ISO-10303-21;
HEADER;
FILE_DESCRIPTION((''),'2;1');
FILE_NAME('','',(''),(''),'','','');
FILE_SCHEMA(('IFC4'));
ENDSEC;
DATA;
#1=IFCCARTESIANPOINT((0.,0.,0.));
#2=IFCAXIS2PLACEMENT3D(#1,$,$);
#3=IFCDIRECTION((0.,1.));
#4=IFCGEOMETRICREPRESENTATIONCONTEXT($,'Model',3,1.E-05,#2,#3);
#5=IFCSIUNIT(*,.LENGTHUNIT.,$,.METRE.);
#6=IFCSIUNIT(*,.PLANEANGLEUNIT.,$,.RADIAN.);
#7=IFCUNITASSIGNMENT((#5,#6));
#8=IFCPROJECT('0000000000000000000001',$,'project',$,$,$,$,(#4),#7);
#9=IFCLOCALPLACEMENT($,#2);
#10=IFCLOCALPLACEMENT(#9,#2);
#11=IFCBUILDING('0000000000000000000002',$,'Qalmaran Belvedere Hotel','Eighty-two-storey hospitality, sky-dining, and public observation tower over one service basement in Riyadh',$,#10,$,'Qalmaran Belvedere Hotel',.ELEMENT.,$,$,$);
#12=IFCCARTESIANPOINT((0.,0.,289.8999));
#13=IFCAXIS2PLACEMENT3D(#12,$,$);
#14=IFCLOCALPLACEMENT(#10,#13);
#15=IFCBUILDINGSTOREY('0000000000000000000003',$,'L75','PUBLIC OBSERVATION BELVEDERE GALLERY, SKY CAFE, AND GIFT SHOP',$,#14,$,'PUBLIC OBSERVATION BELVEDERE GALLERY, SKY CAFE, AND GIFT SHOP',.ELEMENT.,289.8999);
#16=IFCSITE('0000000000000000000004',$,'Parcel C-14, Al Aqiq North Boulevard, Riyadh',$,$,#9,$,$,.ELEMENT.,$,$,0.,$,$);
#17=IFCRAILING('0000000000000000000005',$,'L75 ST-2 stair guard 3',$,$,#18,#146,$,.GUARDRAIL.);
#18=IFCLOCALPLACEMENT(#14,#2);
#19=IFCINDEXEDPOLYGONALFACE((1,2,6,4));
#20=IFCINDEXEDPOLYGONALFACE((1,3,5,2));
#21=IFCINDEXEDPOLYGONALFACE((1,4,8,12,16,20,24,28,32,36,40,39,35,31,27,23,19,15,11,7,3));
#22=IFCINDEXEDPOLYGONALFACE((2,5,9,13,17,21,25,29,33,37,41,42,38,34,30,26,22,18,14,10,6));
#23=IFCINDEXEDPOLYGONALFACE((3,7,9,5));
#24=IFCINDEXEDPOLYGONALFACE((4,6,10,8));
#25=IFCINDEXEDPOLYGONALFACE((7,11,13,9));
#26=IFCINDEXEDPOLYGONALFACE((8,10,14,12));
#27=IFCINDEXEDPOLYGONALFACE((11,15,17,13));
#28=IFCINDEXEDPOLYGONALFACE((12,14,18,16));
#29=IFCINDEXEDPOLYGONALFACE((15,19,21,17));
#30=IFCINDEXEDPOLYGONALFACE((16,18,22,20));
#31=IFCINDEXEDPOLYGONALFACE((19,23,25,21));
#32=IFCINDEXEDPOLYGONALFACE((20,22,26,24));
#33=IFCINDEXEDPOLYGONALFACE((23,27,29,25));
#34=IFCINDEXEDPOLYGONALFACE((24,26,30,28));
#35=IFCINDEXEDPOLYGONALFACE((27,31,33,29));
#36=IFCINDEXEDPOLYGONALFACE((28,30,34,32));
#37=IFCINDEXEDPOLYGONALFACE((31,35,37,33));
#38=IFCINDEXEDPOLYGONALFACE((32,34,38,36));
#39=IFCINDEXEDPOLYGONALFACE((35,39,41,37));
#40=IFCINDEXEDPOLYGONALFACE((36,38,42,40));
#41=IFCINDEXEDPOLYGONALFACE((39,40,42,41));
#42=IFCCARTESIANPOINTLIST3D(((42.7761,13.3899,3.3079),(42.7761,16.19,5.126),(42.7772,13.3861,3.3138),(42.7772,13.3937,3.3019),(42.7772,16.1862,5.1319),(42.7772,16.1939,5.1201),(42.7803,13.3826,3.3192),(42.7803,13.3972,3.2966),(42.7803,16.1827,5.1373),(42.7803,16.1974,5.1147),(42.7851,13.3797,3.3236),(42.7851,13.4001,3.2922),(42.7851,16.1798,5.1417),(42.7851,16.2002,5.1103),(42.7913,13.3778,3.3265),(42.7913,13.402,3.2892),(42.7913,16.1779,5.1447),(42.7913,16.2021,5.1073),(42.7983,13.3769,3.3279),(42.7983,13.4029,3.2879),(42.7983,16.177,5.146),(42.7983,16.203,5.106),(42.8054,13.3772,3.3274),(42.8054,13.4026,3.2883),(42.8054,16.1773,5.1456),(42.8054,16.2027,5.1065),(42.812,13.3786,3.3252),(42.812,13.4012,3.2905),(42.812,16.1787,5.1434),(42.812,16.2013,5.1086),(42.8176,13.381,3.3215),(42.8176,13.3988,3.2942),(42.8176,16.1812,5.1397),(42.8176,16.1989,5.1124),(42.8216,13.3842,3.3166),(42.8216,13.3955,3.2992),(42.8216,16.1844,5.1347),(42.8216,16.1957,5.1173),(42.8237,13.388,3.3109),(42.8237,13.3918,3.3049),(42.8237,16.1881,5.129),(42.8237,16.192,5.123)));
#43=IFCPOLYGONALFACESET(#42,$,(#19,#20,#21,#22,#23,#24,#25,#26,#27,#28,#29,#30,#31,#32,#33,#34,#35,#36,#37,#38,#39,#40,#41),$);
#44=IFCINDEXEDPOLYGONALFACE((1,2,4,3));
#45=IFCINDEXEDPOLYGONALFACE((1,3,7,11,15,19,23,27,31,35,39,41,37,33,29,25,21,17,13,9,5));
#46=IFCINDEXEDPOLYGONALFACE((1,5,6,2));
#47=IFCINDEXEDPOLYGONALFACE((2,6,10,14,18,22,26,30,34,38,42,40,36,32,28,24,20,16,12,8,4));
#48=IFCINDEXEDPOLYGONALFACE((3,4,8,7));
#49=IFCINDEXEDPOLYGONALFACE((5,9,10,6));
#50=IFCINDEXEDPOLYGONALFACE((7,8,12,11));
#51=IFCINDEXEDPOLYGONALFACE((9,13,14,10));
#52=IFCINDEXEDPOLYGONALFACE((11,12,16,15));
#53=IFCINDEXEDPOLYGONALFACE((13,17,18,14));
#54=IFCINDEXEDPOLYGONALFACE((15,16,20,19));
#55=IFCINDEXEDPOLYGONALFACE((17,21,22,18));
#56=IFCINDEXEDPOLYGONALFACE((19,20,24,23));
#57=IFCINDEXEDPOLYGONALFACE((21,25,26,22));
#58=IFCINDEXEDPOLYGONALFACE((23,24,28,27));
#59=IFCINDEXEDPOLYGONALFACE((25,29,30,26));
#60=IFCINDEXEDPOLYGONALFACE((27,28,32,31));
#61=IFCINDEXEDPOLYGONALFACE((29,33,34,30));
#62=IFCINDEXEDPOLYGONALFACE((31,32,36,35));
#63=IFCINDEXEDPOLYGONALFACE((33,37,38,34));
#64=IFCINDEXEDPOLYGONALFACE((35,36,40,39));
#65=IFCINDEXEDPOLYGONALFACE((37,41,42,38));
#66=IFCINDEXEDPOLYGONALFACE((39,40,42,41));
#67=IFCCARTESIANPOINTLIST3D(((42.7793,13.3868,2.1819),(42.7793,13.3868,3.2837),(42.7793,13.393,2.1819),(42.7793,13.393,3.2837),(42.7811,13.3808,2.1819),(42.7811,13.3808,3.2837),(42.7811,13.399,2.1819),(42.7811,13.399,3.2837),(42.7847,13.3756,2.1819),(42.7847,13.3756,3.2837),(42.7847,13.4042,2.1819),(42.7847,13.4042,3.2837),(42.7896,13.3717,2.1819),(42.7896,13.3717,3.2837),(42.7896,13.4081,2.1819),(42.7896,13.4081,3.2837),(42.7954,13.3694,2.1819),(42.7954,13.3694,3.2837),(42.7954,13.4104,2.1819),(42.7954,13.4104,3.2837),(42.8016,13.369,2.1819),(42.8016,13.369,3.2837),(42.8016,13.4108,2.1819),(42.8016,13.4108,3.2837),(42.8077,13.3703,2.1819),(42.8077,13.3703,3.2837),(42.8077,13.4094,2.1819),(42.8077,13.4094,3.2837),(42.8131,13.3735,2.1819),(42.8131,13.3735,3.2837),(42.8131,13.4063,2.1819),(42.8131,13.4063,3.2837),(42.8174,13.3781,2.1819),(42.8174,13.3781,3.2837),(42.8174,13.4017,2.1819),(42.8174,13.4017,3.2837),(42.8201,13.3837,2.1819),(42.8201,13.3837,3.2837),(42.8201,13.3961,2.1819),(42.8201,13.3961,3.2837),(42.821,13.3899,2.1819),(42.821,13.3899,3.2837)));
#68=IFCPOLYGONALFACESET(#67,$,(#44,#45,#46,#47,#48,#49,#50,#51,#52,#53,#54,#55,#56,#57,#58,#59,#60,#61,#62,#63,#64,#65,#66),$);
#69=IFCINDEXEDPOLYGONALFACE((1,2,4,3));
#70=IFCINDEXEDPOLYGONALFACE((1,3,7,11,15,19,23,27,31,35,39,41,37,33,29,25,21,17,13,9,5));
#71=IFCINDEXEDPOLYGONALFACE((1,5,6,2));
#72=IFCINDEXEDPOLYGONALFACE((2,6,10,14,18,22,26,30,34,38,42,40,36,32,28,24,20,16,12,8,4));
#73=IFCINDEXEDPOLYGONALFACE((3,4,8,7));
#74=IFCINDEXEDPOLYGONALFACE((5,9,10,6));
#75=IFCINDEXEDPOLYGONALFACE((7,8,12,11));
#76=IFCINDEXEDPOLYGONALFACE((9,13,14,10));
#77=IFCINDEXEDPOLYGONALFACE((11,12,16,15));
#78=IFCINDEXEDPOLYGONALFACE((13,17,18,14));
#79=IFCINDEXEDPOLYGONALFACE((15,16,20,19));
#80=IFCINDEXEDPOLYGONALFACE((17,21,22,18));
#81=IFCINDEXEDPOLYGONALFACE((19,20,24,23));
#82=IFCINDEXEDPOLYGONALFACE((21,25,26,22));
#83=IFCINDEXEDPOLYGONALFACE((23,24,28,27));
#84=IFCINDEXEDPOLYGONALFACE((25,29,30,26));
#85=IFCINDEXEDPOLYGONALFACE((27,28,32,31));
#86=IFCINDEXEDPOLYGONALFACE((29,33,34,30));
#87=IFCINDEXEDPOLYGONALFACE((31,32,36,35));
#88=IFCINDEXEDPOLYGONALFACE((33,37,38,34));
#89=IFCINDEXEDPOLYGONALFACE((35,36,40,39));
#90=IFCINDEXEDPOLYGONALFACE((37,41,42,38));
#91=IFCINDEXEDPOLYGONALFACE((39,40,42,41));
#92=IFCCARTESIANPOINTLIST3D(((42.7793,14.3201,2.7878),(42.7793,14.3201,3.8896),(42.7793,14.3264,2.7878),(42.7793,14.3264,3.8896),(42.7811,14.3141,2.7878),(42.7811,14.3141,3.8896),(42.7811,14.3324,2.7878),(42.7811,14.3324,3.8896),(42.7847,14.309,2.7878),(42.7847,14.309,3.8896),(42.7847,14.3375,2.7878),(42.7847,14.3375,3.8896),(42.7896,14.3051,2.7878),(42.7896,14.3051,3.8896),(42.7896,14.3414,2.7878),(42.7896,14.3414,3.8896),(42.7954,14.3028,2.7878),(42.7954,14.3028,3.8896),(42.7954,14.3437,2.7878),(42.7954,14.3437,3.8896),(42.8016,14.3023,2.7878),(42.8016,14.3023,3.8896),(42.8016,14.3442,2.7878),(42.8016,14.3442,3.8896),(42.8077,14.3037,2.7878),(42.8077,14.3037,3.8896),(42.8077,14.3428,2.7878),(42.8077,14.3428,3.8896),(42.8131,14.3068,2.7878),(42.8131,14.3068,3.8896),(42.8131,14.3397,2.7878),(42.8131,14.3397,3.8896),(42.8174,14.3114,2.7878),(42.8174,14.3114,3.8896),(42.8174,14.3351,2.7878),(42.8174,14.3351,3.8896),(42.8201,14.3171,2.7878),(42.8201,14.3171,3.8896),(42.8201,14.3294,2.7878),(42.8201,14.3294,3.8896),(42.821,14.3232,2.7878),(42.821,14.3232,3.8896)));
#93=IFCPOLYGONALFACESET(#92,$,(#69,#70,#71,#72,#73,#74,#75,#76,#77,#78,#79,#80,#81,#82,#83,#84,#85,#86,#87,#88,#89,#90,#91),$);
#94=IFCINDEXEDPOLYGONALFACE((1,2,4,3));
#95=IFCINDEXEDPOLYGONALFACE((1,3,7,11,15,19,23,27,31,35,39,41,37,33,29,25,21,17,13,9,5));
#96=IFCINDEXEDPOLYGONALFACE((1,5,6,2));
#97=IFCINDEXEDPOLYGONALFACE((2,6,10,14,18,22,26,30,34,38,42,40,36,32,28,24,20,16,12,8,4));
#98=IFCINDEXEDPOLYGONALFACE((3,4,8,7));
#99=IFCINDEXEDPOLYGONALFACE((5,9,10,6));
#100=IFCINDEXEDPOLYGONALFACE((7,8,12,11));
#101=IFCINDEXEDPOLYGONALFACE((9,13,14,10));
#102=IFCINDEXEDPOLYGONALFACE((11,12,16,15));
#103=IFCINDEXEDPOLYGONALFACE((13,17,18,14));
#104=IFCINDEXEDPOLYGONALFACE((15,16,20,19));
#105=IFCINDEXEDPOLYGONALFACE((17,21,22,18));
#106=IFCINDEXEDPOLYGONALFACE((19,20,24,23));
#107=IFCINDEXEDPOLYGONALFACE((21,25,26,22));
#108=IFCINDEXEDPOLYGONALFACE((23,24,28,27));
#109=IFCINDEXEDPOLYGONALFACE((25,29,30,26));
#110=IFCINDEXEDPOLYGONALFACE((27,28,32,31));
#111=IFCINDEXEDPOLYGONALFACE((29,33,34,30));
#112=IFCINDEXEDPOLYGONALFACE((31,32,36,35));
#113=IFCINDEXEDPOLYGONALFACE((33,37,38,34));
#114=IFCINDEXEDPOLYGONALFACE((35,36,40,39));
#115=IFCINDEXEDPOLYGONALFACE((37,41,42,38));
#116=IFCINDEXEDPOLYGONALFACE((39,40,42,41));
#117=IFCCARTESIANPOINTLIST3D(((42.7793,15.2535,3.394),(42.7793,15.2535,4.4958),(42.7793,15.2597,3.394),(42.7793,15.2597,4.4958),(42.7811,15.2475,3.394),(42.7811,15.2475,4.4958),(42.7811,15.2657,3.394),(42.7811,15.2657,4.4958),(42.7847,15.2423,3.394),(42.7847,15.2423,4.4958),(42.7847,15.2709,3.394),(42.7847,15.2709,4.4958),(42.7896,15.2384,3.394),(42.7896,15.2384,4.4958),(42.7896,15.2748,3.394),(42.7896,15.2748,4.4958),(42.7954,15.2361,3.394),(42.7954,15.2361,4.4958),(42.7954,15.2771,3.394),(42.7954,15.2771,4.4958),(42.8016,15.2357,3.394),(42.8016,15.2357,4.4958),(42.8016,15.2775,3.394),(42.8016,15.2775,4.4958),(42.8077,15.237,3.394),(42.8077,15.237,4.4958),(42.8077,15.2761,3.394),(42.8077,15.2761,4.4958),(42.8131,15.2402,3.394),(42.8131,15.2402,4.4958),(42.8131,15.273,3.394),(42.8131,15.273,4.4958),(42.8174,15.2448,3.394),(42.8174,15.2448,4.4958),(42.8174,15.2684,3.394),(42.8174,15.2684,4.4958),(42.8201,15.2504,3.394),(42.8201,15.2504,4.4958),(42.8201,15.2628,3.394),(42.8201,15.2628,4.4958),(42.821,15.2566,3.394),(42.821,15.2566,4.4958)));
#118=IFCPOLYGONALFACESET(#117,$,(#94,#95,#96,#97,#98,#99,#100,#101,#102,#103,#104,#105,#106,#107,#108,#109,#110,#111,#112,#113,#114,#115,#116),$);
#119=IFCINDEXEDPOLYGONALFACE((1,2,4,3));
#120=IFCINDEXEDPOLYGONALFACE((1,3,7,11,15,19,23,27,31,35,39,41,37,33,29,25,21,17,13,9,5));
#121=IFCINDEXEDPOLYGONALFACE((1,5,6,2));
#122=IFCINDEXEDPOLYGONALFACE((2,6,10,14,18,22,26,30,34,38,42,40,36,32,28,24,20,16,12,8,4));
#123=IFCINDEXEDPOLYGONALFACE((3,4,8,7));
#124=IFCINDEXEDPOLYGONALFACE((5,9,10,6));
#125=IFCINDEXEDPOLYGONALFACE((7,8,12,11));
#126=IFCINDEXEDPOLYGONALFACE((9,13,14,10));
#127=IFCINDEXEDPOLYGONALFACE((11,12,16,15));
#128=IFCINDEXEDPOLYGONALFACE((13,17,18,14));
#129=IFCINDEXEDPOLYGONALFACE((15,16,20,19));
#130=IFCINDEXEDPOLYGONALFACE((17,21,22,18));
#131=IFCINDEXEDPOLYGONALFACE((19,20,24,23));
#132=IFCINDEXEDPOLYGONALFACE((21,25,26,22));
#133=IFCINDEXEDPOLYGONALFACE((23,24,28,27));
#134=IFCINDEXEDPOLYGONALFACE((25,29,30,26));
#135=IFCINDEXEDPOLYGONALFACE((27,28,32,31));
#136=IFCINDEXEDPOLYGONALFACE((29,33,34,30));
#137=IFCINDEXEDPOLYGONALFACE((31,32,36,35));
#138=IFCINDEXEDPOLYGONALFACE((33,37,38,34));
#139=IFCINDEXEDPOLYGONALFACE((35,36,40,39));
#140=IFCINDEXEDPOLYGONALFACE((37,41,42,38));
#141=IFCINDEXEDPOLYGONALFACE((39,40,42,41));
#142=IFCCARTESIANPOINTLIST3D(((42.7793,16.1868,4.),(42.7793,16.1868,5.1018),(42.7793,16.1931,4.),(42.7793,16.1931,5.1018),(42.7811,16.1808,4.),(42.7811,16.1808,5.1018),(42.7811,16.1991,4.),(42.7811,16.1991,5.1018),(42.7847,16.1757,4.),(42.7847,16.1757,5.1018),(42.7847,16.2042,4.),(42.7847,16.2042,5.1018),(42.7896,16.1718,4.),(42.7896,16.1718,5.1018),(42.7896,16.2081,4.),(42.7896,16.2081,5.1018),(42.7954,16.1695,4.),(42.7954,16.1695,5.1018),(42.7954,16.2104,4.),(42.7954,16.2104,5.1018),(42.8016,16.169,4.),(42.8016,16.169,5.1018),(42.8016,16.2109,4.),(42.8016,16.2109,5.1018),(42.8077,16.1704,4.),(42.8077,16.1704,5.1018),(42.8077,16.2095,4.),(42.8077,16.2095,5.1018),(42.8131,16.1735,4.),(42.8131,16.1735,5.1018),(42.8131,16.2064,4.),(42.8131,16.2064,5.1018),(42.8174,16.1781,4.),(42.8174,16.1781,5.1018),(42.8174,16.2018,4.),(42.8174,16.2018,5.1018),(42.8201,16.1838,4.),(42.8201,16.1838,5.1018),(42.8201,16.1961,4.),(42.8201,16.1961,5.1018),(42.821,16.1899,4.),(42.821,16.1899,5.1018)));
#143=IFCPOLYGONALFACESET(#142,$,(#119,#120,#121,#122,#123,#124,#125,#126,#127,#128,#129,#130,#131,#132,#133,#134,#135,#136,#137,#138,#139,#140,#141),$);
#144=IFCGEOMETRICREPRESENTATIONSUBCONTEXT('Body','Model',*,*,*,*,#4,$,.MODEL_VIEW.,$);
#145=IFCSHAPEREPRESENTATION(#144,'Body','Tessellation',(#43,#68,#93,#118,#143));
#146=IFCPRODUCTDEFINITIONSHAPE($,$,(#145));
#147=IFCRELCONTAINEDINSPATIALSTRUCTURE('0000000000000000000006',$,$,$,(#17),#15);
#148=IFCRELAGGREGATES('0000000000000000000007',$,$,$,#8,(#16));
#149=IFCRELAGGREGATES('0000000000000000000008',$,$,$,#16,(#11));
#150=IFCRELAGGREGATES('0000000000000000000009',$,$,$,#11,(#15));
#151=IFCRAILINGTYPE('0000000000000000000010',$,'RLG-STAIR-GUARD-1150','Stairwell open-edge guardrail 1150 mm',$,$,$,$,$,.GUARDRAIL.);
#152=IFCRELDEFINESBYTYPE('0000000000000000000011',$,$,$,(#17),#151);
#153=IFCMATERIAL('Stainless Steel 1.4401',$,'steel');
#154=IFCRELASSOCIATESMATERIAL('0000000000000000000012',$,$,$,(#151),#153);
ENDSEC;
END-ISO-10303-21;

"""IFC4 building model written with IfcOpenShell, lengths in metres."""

from ifc_helpers import new_model, si_unit, direction, frame, origin, origin_2d, place, context, subcontext, project, spatial, circle, extrude, material, type_object, element, save


model = new_model("IFC4")

# Units and contexts
model_context = context("Model", 3, precision=1e-05, world=origin(), true_north=direction((0.0, 1.0)))
body_context = subcontext(model_context, "Body", "Model", "MODEL_VIEW")
ifc_project = project(units=[si_unit("LENGTHUNIT", "METRE"), si_unit("PLANEANGLEUNIT", "RADIAN")], contexts=[model_context])

# Site, building, storey
site_placement = place(None, origin())
site = spatial("IfcSite", under=ifc_project, at=site_placement, Name="Parcel C-14, Al Aqiq North Boulevard, Riyadh", CompositionType="ELEMENT", RefElevation=0.0)
building_placement = place(site_placement, origin())
building = spatial("IfcBuilding", under=site, at=building_placement, Name="Qalmaran Belvedere Hotel", Description="Eighty-two-storey hospitality, sky-dining, and public observation tower over one service basement in Riyadh", LongName="Qalmaran Belvedere Hotel", CompositionType="ELEMENT")
storey_placement = place(building_placement, frame((0.0, 0.0, 289.8999)))
storey = spatial("IfcBuildingStorey", under=building, at=storey_placement, Name="L75", Description="PUBLIC OBSERVATION BELVEDERE GALLERY, SKY CAFE, AND GIFT SHOP", LongName="PUBLIC OBSERVATION BELVEDERE GALLERY, SKY CAFE, AND GIFT SHOP", CompositionType="ELEMENT", Elevation=289.8999)

# Railing
ifc_material_1 = material(Name="Stainless Steel 1.4401", Category="steel")
railing_type_1 = type_object("IfcRailingType", Name="RLG-STAIR-GUARD-1150", Description="Stairwell open-edge guardrail 1150 mm", PredefinedType="GUARDRAIL", material=ifc_material_1)
railing_1_placement = place(storey_placement, frame((42.8, 13.3899, 2.1819)))
element("IfcRailing", 1, at=railing_1_placement, inside=storey, type_object=railing_type_1, Name="L75 ST-2 stair guard 3", PredefinedType="GUARDRAIL", context=body_context, shape_type="SweptSolid", body=[
    extrude(circle(Radius=0.0239, at=origin_2d()), frame((0.0, 0.0, 1.126), z_axis=(0.0, 0.838706, 0.544585), x_axis=(-1.0, 0.0, 0.0)), (0.0, 0.0, 1.0), 3.3386),
    extrude(circle(Radius=0.021, at=origin_2d()), origin(), (0.0, 0.0, 1.0), 1.1018),
    extrude(circle(Radius=0.021, at=origin_2d()), frame((0.0, 0.9333, 0.606)), (0.0, 0.0, 1.0), 1.1018),
    extrude(circle(Radius=0.021, at=origin_2d()), frame((0.0, 1.8667, 1.2122)), (0.0, 0.0, 1.0), 1.1018),
    extrude(circle(Radius=0.021, at=origin_2d()), frame((0.0, 2.8, 1.8181)), (0.0, 0.0, 1.0), 1.1018),
])

save(model, "model.ifc")
